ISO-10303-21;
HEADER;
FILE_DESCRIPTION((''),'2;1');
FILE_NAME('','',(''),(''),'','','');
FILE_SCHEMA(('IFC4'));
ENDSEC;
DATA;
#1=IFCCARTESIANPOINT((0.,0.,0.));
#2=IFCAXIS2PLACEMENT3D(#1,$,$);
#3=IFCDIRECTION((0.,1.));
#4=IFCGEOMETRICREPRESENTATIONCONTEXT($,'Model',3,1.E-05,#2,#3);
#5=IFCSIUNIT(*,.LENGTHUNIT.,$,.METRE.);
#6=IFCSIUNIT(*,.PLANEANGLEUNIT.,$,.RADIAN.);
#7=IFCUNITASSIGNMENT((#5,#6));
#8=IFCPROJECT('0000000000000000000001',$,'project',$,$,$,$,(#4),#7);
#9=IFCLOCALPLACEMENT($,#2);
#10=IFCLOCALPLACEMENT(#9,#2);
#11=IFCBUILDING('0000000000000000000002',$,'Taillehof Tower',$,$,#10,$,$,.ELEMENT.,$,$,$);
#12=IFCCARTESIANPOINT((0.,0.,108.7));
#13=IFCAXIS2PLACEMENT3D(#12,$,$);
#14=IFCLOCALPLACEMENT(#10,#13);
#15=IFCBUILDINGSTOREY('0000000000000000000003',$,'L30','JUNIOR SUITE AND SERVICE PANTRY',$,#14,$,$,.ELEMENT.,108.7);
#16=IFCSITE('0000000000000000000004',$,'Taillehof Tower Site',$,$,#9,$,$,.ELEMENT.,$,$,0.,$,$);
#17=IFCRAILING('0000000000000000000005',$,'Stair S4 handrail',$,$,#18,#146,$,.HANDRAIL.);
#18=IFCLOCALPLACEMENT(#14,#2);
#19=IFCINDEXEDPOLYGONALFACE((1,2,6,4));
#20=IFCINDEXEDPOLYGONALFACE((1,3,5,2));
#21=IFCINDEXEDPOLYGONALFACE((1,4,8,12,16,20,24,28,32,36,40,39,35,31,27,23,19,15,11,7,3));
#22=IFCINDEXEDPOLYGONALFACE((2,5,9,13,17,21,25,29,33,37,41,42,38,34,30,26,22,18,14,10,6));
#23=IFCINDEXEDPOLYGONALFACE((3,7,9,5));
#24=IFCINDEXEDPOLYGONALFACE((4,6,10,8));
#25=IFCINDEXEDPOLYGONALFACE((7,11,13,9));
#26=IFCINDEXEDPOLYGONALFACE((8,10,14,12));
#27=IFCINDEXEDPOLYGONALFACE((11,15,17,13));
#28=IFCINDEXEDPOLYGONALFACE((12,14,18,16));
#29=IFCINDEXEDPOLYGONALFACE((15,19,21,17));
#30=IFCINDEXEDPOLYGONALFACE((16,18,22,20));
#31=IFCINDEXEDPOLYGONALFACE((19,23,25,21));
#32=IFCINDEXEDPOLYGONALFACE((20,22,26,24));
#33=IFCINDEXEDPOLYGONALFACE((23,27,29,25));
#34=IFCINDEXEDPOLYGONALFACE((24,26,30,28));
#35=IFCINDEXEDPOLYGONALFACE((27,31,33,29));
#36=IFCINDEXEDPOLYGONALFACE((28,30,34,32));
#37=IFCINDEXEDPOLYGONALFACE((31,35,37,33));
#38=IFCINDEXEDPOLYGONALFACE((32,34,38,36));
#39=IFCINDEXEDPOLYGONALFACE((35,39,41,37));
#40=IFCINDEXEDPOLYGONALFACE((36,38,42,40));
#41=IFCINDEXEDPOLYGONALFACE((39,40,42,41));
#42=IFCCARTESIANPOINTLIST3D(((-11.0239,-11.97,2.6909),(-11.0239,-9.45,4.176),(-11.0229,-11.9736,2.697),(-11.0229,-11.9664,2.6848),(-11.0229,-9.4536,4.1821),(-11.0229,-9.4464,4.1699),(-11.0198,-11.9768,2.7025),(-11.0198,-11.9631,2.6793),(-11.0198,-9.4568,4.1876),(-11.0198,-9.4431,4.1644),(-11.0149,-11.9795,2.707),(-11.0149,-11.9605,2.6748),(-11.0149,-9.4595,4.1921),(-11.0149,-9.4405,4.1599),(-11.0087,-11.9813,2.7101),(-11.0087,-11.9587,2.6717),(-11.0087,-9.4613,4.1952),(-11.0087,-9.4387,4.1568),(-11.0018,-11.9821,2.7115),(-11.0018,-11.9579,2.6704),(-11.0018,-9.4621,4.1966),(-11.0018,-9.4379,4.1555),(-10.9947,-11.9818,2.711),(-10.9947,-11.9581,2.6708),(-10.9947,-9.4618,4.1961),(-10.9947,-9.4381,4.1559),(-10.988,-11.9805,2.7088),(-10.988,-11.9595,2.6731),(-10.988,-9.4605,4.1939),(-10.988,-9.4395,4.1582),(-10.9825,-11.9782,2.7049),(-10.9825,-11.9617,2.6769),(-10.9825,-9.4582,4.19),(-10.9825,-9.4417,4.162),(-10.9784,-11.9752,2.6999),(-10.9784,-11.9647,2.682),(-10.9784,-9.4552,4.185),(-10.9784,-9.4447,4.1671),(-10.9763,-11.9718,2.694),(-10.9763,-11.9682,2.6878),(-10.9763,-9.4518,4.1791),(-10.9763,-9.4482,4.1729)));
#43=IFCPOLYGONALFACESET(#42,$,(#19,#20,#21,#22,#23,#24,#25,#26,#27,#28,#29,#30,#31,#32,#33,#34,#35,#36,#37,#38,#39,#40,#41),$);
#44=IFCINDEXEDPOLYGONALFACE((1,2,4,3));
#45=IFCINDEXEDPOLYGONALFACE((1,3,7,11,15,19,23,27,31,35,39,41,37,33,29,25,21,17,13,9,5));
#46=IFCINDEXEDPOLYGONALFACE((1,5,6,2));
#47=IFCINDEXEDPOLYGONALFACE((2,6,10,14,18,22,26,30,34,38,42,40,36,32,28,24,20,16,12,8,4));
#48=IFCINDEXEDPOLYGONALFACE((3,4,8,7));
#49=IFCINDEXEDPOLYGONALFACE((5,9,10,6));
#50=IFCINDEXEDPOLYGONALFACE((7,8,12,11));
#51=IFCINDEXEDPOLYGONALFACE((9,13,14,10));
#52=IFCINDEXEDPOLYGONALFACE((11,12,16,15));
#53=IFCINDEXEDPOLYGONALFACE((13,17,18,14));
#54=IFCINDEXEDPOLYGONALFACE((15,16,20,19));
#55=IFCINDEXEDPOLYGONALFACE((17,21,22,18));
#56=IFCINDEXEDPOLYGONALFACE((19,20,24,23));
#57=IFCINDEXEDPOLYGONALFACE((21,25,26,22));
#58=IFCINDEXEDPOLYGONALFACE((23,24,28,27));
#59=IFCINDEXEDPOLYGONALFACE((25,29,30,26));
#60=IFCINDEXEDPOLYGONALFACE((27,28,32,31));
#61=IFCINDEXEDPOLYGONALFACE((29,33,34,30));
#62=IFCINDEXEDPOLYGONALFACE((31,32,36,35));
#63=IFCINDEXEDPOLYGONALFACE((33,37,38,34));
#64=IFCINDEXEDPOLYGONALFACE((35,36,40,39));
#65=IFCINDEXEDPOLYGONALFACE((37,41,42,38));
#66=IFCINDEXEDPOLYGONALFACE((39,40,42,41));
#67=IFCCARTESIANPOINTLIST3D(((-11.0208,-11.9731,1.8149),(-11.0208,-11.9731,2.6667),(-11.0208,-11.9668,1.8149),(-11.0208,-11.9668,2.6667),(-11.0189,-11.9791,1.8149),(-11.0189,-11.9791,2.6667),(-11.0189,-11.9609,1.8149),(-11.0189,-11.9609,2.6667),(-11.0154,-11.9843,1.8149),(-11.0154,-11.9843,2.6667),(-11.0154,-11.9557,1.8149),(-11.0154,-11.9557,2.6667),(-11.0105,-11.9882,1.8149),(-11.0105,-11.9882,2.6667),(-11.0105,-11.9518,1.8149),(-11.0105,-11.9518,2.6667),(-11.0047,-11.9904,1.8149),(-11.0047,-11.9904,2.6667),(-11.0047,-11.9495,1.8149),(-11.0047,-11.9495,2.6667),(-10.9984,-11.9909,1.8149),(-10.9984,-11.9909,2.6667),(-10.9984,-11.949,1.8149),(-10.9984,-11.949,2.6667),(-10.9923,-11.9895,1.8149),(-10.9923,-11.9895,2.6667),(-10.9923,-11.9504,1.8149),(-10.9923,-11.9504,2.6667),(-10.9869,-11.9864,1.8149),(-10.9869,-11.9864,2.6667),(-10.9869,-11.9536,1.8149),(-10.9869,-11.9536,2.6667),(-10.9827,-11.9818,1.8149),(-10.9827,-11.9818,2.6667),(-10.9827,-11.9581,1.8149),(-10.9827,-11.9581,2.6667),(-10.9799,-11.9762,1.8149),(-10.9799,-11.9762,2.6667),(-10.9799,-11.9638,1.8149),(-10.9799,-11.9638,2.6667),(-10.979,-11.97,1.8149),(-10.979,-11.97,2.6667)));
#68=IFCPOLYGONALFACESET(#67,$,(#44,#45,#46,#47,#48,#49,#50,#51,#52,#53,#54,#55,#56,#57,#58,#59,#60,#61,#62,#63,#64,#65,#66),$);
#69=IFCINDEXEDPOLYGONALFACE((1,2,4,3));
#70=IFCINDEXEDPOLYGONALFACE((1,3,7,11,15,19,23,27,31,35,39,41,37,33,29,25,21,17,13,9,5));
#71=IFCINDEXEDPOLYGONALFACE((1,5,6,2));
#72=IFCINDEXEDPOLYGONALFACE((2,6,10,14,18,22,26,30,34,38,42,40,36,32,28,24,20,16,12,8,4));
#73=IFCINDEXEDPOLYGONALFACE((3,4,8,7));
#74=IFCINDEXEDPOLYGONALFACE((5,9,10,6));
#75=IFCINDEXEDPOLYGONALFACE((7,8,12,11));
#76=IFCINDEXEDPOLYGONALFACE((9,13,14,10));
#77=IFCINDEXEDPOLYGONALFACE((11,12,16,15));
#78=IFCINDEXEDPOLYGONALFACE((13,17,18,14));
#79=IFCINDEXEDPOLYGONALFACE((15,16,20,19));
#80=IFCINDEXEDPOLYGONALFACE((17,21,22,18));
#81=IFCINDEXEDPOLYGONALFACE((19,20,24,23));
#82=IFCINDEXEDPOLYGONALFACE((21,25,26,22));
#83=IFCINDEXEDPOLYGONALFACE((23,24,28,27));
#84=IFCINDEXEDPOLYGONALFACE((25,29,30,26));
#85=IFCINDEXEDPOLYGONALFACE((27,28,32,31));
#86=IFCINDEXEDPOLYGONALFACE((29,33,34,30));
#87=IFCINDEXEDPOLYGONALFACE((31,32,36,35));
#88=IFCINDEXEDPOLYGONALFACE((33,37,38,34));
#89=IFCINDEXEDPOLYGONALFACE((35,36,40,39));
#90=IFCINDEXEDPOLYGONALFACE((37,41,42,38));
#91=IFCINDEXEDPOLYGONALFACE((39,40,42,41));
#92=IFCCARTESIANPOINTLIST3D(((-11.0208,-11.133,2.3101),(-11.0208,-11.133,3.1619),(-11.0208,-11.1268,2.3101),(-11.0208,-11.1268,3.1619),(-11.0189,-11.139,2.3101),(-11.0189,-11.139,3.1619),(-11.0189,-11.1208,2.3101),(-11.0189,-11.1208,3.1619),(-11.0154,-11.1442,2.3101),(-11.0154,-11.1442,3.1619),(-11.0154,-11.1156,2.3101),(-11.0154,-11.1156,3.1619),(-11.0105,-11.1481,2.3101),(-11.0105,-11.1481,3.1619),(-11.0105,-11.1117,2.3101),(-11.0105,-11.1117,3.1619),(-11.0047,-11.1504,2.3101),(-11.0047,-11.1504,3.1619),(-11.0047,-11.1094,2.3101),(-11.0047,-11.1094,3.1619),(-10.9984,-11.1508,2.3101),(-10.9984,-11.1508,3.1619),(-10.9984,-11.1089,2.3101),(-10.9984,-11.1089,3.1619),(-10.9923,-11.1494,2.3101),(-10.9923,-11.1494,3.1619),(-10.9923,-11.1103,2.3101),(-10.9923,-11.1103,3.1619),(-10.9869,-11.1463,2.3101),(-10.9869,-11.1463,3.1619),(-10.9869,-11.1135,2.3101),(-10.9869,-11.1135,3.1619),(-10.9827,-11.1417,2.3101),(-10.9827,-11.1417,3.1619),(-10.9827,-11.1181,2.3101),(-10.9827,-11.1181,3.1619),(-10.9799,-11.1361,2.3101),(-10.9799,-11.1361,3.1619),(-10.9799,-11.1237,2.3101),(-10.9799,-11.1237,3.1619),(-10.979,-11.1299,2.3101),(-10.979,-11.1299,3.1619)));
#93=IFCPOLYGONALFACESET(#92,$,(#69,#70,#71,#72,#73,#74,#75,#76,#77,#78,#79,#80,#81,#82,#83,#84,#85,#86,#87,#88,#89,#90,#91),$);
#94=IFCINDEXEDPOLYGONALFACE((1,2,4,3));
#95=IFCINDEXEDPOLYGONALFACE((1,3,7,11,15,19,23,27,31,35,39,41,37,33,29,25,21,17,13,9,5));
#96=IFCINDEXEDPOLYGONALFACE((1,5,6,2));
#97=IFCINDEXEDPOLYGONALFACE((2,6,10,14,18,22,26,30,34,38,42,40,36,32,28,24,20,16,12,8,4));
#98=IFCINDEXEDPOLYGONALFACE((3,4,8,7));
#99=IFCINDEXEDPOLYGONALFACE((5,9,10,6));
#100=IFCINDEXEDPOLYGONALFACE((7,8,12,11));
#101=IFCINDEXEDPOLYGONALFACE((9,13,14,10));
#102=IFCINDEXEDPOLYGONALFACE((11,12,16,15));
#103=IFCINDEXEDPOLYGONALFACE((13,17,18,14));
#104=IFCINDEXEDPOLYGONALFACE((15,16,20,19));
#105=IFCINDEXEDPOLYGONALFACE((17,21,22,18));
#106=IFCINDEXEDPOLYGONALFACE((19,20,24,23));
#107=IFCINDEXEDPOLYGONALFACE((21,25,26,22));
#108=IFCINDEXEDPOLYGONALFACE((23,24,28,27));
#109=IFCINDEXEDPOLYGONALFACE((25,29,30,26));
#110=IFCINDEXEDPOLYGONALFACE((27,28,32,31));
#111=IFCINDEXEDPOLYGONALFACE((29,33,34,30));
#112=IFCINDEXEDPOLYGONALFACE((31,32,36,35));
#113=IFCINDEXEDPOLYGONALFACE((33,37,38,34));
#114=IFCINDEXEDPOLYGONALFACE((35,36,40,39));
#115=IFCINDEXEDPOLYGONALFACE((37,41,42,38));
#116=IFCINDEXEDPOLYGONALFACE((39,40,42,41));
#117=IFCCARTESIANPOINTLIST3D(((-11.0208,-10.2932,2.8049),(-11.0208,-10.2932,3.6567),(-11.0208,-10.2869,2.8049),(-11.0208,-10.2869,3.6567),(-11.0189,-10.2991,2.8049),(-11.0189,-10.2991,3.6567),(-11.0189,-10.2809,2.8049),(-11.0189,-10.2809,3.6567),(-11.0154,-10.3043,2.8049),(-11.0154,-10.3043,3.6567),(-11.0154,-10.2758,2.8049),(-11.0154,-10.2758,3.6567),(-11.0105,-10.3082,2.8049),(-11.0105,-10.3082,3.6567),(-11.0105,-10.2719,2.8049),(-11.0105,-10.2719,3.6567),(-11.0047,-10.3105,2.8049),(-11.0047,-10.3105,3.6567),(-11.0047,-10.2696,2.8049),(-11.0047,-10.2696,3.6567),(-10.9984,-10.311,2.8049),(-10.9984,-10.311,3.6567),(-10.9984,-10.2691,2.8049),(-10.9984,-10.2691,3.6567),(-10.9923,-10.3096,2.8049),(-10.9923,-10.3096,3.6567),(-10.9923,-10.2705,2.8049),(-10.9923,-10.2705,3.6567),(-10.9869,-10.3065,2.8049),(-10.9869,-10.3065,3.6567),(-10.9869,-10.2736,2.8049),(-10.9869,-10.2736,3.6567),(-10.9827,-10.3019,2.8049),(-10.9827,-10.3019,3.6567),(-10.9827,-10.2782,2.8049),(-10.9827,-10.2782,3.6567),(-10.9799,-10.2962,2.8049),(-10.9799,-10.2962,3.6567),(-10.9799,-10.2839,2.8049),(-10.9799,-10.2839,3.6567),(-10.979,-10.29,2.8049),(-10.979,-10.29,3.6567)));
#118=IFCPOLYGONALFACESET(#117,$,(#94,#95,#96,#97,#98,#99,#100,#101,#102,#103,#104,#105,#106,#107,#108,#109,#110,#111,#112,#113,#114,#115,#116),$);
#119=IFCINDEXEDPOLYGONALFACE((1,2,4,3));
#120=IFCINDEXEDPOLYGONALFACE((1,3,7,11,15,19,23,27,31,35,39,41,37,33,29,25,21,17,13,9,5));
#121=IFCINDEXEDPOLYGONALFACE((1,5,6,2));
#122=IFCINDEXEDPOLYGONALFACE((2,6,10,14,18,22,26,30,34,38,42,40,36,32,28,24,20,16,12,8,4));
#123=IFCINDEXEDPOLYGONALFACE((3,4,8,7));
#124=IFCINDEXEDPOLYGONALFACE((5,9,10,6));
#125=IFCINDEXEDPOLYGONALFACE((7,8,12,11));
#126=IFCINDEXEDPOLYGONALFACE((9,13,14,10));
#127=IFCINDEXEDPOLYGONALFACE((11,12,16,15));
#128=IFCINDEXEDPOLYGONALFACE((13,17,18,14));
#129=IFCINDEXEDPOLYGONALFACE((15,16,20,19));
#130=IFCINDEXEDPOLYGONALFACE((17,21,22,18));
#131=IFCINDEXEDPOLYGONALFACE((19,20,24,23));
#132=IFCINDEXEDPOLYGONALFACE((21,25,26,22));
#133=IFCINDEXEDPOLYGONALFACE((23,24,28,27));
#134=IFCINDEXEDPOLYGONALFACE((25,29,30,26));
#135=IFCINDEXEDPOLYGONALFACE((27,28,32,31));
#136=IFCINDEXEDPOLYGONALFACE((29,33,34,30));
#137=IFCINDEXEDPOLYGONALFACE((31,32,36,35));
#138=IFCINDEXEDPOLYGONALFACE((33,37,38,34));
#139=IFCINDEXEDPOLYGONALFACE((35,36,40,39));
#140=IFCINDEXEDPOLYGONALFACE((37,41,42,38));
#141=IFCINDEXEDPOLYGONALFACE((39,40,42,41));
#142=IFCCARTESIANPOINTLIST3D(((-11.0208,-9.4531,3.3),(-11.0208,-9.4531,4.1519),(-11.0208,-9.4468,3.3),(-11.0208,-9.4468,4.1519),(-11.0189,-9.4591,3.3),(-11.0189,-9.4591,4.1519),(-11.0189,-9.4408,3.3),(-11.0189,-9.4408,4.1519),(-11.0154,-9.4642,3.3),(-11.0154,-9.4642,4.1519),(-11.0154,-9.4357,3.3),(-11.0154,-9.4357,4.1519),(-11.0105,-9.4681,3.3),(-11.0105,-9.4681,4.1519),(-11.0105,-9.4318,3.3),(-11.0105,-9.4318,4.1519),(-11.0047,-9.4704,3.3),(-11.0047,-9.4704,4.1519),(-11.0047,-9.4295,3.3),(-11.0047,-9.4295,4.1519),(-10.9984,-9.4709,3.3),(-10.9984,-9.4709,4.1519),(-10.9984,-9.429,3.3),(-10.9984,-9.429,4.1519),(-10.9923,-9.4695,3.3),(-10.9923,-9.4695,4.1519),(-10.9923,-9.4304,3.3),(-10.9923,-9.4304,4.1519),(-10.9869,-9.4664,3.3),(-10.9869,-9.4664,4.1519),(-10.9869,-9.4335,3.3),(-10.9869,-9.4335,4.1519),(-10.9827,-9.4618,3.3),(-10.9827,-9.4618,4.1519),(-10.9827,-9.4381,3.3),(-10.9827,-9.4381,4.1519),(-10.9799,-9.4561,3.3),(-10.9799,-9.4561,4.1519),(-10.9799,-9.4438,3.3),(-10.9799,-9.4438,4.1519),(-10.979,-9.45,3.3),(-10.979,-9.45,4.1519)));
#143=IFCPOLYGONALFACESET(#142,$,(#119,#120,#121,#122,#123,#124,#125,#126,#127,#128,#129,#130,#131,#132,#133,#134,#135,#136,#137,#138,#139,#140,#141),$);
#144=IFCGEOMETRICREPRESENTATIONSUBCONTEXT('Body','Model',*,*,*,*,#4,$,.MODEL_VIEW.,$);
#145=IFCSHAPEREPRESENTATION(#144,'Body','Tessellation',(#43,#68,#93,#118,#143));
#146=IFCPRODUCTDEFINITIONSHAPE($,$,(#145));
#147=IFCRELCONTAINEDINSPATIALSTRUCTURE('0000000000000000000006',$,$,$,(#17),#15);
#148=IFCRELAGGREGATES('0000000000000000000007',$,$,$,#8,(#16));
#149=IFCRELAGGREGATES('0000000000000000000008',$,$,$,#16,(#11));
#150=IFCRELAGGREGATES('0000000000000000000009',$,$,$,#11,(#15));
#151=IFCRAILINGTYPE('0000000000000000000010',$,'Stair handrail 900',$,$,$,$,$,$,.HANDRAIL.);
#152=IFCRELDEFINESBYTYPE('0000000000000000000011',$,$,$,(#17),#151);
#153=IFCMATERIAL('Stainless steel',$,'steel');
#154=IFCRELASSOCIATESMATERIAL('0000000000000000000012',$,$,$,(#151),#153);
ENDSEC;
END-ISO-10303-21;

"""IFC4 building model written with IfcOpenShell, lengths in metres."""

from ifc_helpers import new_model, si_unit, direction, frame, origin, origin_2d, place, context, subcontext, project, spatial, circle, extrude, material, type_object, element, save


model = new_model("IFC4")

# Units and contexts
model_context = context("Model", 3, precision=1e-05, world=origin(), true_north=direction((0.0, 1.0)))
body_context = subcontext(model_context, "Body", "Model", "MODEL_VIEW")
ifc_project = project(units=[si_unit("LENGTHUNIT", "METRE"), si_unit("PLANEANGLEUNIT", "RADIAN")], contexts=[model_context])

# Site, building, storey
site_placement = place(None, origin())
site = spatial("IfcSite", under=ifc_project, at=site_placement, Name="Taillehof Tower Site", CompositionType="ELEMENT", RefElevation=0.0)
building_placement = place(site_placement, origin())
building = spatial("IfcBuilding", under=site, at=building_placement, Name="Taillehof Tower", CompositionType="ELEMENT")
storey_placement = place(building_placement, frame((0.0, 0.0, 108.7)))
storey = spatial("IfcBuildingStorey", under=building, at=storey_placement, Name="L30", Description="JUNIOR SUITE AND SERVICE PANTRY", CompositionType="ELEMENT", Elevation=108.7)

# Railing
ifc_material_1 = material(Name="Stainless steel", Category="steel")
railing_type = type_object("IfcRailingType", Name="Stair handrail 900", PredefinedType="HANDRAIL", material=ifc_material_1)
railing_placement = place(storey_placement, frame((-11.0, -11.97, 1.8149)))
element("IfcRailing", 1, at=railing_placement, inside=storey, type_object=railing_type, Name="Stair S4 handrail", PredefinedType="HANDRAIL", context=body_context, shape_type="SweptSolid", body=[
    extrude(circle(Radius=0.0239, at=origin_2d()), frame((0.0, 0.0, 0.876), z_axis=(0.0, 0.861524, 0.507717), x_axis=(-1.0, 0.0, 0.0)), (0.0, 0.0, 1.0), 2.925),
    extrude(circle(Radius=0.021, at=origin_2d()), origin(), (0.0, 0.0, 1.0), 0.8518),
    extrude(circle(Radius=0.021, at=origin_2d()), frame((0.0, 0.8401, 0.4951)), (0.0, 0.0, 1.0), 0.8518),
    extrude(circle(Radius=0.021, at=origin_2d()), frame((0.0, 1.6799, 0.99)), (0.0, 0.0, 1.0), 0.8518),
    extrude(circle(Radius=0.021, at=origin_2d()), frame((0.0, 2.52, 1.4851)), (0.0, 0.0, 1.0), 0.8518),
])

save(model, "model.ifc")
